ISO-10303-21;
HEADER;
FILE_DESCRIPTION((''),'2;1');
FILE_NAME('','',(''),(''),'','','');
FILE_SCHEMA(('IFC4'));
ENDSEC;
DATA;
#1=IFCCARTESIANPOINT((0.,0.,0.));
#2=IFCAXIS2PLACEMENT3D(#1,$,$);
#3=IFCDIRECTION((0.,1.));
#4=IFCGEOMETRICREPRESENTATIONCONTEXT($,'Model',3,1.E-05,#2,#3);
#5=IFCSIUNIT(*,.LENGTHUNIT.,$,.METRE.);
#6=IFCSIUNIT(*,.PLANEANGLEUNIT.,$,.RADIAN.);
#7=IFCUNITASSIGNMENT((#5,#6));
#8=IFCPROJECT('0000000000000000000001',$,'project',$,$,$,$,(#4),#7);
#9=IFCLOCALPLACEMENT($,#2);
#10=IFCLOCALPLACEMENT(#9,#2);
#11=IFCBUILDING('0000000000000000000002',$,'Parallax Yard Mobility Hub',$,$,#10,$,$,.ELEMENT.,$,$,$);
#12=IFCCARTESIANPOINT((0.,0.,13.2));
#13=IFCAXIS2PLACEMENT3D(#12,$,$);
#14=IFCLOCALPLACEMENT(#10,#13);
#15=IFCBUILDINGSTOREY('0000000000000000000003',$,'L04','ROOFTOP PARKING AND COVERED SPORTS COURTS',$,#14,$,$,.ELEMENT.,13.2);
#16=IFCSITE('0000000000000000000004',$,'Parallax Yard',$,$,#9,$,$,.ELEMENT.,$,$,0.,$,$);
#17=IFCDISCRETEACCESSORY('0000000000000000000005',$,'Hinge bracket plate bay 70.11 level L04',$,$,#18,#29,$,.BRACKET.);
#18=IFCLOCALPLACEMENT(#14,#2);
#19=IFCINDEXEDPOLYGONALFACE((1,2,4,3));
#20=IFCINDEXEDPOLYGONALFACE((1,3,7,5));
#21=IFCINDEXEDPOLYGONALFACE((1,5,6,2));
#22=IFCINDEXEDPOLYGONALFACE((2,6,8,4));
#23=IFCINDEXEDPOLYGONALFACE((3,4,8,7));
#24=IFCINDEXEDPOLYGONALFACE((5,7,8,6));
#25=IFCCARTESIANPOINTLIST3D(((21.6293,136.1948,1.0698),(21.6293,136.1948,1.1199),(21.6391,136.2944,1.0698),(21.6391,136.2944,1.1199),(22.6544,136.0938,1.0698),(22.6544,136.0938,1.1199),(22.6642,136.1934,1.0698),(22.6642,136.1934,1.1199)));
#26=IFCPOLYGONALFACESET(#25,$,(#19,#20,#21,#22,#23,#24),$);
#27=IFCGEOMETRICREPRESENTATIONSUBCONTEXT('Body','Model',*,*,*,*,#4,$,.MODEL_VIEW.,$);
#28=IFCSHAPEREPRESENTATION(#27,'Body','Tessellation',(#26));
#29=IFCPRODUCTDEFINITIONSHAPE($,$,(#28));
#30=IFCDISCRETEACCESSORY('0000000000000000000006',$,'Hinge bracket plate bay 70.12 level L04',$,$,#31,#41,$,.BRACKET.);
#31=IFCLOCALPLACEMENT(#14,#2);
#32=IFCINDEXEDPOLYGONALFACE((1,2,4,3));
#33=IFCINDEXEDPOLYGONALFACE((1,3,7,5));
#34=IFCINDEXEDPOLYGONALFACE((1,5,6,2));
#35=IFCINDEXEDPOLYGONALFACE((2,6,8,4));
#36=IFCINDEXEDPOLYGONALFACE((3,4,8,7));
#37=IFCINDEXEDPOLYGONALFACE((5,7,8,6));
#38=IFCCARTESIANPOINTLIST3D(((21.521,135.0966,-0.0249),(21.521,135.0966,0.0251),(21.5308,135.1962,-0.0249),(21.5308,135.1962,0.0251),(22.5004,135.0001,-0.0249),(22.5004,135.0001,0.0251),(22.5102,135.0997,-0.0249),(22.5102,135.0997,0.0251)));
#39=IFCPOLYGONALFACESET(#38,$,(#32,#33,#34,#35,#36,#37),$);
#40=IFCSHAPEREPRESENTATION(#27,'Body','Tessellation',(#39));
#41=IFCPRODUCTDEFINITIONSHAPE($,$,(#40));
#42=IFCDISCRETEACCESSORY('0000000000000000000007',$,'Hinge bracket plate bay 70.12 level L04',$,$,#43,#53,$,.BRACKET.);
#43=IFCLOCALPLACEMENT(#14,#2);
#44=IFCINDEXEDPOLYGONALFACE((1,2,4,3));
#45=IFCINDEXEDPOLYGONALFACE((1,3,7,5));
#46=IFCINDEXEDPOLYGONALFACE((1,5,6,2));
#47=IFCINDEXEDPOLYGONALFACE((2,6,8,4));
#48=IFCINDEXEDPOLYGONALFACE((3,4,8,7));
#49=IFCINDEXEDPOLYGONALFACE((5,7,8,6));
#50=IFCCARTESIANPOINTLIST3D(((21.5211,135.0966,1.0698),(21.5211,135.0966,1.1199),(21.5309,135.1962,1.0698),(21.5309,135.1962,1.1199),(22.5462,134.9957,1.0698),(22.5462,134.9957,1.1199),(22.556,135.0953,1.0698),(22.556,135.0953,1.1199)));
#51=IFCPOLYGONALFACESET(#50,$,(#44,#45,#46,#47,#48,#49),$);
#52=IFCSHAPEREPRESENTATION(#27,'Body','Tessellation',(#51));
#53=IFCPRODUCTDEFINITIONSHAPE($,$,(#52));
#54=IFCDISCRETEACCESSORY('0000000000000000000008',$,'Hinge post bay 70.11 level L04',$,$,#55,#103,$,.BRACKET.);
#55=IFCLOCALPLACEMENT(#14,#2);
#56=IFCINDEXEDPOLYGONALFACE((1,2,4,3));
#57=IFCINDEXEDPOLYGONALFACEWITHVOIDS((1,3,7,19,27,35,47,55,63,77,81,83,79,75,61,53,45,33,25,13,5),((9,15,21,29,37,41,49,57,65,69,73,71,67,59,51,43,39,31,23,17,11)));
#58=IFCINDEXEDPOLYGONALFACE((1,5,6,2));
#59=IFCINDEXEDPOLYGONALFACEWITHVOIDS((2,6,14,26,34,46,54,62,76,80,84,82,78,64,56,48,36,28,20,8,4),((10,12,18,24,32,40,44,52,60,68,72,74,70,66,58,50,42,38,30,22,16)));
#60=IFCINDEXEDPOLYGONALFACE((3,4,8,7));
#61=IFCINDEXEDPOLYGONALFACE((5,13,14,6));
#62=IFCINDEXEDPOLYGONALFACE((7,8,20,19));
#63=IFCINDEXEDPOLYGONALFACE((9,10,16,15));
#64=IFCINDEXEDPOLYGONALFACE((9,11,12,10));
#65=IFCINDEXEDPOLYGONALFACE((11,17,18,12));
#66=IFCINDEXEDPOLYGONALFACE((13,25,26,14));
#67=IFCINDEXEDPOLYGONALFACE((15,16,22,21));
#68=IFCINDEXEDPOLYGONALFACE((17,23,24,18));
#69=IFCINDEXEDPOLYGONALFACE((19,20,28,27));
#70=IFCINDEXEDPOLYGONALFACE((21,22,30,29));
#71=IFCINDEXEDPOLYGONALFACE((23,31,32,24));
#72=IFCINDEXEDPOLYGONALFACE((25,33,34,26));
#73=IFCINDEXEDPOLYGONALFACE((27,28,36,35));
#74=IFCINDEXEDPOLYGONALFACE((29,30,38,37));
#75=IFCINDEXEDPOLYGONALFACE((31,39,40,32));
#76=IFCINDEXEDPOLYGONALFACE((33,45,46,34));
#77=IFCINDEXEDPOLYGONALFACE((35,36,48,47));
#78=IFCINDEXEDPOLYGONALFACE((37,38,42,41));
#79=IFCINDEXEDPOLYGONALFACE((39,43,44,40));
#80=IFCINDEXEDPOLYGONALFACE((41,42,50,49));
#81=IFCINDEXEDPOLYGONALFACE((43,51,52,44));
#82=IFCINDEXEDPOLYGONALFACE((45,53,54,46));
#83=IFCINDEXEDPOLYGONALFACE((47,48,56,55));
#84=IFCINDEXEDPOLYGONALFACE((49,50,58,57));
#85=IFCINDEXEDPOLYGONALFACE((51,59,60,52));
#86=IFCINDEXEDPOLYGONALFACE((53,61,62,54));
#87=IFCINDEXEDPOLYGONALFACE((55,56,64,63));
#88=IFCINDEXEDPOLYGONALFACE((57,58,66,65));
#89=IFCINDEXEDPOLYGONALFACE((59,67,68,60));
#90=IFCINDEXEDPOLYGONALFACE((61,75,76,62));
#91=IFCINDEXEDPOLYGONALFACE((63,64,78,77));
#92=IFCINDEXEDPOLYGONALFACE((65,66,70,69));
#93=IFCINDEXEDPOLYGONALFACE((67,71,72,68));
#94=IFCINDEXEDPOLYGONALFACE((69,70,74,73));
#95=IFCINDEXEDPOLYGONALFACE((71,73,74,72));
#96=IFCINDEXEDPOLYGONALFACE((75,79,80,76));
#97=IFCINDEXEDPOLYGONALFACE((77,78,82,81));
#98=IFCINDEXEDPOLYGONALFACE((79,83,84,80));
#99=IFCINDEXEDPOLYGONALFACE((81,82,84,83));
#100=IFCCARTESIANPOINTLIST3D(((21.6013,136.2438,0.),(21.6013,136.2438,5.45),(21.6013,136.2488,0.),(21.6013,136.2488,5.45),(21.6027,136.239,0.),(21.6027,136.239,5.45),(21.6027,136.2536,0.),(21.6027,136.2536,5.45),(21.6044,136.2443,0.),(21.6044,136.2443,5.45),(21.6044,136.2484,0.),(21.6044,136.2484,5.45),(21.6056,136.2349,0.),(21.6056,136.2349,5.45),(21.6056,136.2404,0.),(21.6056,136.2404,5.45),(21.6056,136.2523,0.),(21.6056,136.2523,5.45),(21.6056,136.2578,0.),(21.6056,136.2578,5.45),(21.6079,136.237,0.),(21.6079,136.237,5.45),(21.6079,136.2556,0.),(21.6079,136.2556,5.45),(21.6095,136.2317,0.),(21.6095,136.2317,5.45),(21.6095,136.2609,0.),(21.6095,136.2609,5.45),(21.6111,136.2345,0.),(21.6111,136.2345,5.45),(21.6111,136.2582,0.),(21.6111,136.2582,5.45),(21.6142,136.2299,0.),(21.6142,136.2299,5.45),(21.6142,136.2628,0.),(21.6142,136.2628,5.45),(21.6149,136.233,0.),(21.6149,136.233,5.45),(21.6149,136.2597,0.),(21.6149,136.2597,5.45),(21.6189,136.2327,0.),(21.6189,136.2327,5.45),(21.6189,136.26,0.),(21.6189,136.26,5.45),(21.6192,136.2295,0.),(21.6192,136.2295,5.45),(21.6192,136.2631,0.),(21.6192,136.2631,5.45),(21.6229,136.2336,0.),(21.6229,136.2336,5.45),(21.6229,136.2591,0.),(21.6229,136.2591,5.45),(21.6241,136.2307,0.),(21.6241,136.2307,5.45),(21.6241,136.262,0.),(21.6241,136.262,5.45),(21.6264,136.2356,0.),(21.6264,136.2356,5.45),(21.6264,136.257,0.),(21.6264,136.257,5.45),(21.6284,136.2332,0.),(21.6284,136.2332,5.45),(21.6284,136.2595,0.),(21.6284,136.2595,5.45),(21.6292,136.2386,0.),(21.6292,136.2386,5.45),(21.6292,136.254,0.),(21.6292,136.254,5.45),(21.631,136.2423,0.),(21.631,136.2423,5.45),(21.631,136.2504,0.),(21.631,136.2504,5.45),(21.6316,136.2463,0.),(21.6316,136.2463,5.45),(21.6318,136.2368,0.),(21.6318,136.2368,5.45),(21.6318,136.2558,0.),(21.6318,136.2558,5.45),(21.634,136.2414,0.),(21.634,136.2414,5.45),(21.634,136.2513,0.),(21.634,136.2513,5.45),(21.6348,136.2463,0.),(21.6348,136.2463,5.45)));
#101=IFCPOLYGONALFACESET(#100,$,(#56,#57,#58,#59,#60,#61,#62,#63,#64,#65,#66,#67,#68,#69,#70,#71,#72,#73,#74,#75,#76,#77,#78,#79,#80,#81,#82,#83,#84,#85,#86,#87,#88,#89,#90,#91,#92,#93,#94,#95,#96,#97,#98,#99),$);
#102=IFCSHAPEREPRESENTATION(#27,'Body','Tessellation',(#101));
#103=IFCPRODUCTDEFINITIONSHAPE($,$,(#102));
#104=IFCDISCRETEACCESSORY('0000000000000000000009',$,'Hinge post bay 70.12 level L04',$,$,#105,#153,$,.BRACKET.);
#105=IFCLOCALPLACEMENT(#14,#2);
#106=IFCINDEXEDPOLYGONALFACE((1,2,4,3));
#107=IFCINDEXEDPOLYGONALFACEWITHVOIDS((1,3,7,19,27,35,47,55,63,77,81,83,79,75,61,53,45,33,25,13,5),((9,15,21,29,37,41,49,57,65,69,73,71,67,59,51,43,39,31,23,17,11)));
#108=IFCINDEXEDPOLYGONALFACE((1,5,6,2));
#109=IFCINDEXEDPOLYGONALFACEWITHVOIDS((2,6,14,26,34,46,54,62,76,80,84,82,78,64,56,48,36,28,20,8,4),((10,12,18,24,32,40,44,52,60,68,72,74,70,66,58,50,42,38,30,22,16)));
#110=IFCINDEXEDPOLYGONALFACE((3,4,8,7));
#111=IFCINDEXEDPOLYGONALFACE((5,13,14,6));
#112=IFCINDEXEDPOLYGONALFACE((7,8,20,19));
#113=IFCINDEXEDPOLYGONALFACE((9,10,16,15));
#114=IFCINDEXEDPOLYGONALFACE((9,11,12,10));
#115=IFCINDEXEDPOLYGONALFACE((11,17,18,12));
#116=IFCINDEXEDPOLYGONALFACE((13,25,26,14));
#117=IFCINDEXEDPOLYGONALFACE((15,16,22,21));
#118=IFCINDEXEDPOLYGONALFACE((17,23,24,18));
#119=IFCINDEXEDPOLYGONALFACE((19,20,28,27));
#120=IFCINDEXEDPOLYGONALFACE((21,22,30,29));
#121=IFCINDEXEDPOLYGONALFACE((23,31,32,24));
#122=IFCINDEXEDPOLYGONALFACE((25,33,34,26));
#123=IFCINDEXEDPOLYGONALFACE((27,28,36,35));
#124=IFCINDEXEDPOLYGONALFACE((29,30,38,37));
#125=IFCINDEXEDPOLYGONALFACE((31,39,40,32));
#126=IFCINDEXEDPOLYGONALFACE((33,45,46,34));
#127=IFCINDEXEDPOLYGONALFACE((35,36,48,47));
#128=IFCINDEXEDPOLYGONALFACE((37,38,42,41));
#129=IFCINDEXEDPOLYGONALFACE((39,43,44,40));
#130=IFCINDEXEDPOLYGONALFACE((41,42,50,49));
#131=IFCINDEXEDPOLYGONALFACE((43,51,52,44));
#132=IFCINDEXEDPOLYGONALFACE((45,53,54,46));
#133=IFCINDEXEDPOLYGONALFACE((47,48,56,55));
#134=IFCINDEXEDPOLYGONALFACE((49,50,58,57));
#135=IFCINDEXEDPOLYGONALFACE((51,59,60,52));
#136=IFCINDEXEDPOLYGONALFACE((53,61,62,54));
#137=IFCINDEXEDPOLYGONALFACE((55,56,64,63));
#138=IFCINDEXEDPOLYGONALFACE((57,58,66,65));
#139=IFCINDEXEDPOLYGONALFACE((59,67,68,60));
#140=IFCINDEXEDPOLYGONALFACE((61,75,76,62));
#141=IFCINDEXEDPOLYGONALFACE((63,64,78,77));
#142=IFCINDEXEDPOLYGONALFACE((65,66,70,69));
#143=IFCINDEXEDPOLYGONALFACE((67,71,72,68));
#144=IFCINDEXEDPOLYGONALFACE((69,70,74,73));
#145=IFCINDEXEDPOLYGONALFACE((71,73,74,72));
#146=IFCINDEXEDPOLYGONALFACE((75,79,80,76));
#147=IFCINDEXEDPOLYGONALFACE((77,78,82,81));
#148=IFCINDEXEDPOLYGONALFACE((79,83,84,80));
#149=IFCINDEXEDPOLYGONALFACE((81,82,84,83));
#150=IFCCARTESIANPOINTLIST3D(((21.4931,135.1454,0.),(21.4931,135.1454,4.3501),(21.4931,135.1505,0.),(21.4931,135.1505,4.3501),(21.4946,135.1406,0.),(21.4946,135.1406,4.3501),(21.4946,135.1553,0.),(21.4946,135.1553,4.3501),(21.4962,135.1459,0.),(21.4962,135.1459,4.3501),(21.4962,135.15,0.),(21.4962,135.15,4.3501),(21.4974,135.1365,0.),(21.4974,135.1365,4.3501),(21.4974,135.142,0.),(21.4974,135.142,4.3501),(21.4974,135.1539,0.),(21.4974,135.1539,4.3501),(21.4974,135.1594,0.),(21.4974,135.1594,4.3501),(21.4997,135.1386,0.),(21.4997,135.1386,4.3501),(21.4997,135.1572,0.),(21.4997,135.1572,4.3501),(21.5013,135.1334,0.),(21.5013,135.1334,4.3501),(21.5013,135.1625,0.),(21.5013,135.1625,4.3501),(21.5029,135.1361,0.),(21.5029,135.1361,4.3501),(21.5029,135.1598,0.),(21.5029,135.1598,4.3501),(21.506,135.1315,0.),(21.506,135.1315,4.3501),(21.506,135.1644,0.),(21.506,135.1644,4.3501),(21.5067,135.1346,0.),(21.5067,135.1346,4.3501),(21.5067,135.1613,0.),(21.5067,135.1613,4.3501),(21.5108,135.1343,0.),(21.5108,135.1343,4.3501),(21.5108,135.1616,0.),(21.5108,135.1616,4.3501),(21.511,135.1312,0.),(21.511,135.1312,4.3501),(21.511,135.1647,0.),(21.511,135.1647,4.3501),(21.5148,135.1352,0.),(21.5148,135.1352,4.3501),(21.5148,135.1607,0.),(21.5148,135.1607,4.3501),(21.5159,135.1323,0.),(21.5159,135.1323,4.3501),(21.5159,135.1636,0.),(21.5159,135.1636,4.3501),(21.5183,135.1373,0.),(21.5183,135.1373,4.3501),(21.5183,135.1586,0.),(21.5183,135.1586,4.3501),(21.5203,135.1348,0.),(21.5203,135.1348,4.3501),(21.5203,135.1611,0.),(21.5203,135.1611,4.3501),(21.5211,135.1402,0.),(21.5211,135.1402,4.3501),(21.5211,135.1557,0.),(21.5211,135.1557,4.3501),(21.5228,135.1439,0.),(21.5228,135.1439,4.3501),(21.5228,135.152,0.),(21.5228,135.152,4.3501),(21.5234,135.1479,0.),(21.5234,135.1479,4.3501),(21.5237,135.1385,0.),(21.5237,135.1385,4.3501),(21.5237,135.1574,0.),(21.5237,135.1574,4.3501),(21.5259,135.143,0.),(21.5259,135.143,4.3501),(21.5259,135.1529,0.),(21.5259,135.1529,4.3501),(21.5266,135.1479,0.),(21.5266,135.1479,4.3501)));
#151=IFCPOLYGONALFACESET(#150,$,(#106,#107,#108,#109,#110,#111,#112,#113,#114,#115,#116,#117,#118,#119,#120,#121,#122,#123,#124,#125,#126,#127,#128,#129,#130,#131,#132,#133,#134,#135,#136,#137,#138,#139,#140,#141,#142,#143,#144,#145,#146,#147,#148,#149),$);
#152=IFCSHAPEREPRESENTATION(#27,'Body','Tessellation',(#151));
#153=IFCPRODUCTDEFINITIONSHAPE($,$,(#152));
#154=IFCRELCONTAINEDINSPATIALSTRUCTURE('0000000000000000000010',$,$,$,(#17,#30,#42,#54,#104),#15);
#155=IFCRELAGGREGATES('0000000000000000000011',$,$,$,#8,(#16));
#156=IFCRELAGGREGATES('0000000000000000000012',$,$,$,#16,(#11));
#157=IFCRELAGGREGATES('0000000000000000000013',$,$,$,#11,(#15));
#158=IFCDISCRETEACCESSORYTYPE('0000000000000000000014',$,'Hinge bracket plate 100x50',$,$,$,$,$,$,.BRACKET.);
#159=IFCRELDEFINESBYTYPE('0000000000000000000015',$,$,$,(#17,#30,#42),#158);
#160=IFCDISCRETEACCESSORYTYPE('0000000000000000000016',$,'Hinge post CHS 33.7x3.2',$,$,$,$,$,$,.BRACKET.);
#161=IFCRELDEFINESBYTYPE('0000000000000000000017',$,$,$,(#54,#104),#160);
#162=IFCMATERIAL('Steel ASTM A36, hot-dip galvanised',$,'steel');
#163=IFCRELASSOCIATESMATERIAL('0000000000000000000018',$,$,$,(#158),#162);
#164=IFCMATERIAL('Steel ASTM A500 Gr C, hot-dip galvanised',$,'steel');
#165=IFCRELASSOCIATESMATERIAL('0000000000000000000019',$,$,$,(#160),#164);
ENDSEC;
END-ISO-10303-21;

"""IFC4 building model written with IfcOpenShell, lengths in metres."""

from ifc_helpers import new_model, si_unit, direction, frame, origin, origin_2d, place, context, subcontext, project, spatial, rectangle, hollow_circle, extrude, material, material_profile, profile_set, type_object, element, save


model = new_model("IFC4")

# Units and contexts
model_context = context("Model", 3, precision=1e-05, world=origin(), true_north=direction((0.0, 1.0)))
body_context = subcontext(model_context, "Body", "Model", "MODEL_VIEW")
ifc_project = project(units=[si_unit("LENGTHUNIT", "METRE"), si_unit("PLANEANGLEUNIT", "RADIAN")], contexts=[model_context])

# Site, building, storey
site_placement = place(None, origin())
site = spatial("IfcSite", under=ifc_project, at=site_placement, Name="Parallax Yard", CompositionType="ELEMENT", RefElevation=0.0)
building_placement = place(site_placement, origin())
building = spatial("IfcBuilding", under=site, at=building_placement, Name="Parallax Yard Mobility Hub", CompositionType="ELEMENT")
storey_placement = place(building_placement, frame((0.0, 0.0, 13.2)))
storey = spatial("IfcBuildingStorey", under=building, at=storey_placement, Name="L04", Description="ROOFTOP PARKING AND COVERED SPORTS COURTS", CompositionType="ELEMENT", Elevation=13.2)

# Discrete accessories
ifc_material_1 = material(Name="Steel ASTM A36, hot-dip galvanised", Category="steel")
discrete_accessory_type_1 = type_object("IfcDiscreteAccessoryType", Name="Hinge bracket plate 100x50", PredefinedType="BRACKET", material=ifc_material_1)
discrete_accessory_1_placement = place(storey_placement, frame((22.1467, 136.1941, 1.0698), z_axis=(0.0, 0.0, 1.0), x_axis=(-0.995185, 0.098017, 0.0)))
element("IfcDiscreteAccessory", 1, at=discrete_accessory_1_placement, inside=storey, type_object=discrete_accessory_type_1, Name="Hinge bracket plate bay 70.11 level L04", PredefinedType="BRACKET", context=body_context, shape_type="SweptSolid", body=[
    extrude(rectangle(XDim=1.03, YDim=0.1001, at=origin_2d()), origin(), (0.0, 0.0, 1.0), 0.05),
])
discrete_accessory_2_placement = place(storey_placement, frame((22.0156, 135.0981, -0.0249), z_axis=(0.0, 0.0, 1.0), x_axis=(-0.995185, 0.098017, 0.0)))
element("IfcDiscreteAccessory", 2, at=discrete_accessory_2_placement, inside=storey, type_object=discrete_accessory_type_1, Name="Hinge bracket plate bay 70.12 level L04", PredefinedType="BRACKET", context=body_context, shape_type="SweptSolid", body=[
    extrude(rectangle(XDim=0.9841, YDim=0.1001, at=origin_2d()), origin(), (0.0, 0.0, 1.0), 0.05),
])
discrete_accessory_3_placement = place(storey_placement, frame((22.0386, 135.0959, 1.0698), z_axis=(0.0, 0.0, 1.0), x_axis=(-0.995185, 0.098017, 0.0)))
element("IfcDiscreteAccessory", 3, at=discrete_accessory_3_placement, inside=storey, type_object=discrete_accessory_type_1, Name="Hinge bracket plate bay 70.12 level L04", PredefinedType="BRACKET", context=body_context, shape_type="SweptSolid", body=[
    extrude(rectangle(XDim=1.03, YDim=0.1001, at=origin_2d()), origin(), (0.0, 0.0, 1.0), 0.05),
])
ifc_material_2 = material(Name="Steel ASTM A500 Gr C, hot-dip galvanised", Category="steel")
ifc_material_profile_1 = material_profile(ifc_material_2, hollow_circle(Radius=0.0168, WallThickness=0.0032, at=origin_2d()), Name="CHS 33.7x3.2")
ifc_profile_set_1 = profile_set([ifc_material_profile_1], Name="Steel ASTM A500 Gr C, hot-dip galvanised")
discrete_accessory_type_2 = type_object("IfcDiscreteAccessoryType", Name="Hinge post CHS 33.7x3.2", PredefinedType="BRACKET", material=ifc_profile_set_1)
discrete_accessory_4_placement = place(storey_placement, frame((21.6179, 136.2463, 0.0), z_axis=(0.0, 0.0, 1.0), x_axis=(1.0, 0.0, 0.0)))
element("IfcDiscreteAccessory", 4, at=discrete_accessory_4_placement, inside=storey, type_object=discrete_accessory_type_2, Name="Hinge post bay 70.11 level L04", PredefinedType="BRACKET", context=body_context, shape_type="SweptSolid", body=[
    extrude(hollow_circle(Radius=0.0168, WallThickness=0.0032, at=origin_2d()), origin(), (0.0, 0.0, 1.0), 5.45),
])
discrete_accessory_5_placement = place(storey_placement, frame((21.5098, 135.1479, 0.0), z_axis=(0.0, 0.0, 1.0), x_axis=(1.0, 0.0, 0.0)))
element("IfcDiscreteAccessory", 5, at=discrete_accessory_5_placement, inside=storey, type_object=discrete_accessory_type_2, Name="Hinge post bay 70.12 level L04", PredefinedType="BRACKET", context=body_context, shape_type="SweptSolid", body=[
    extrude(hollow_circle(Radius=0.0168, WallThickness=0.0032, at=origin_2d()), origin(), (0.0, 0.0, 1.0), 4.3501),
])

save(model, "model.ifc")
